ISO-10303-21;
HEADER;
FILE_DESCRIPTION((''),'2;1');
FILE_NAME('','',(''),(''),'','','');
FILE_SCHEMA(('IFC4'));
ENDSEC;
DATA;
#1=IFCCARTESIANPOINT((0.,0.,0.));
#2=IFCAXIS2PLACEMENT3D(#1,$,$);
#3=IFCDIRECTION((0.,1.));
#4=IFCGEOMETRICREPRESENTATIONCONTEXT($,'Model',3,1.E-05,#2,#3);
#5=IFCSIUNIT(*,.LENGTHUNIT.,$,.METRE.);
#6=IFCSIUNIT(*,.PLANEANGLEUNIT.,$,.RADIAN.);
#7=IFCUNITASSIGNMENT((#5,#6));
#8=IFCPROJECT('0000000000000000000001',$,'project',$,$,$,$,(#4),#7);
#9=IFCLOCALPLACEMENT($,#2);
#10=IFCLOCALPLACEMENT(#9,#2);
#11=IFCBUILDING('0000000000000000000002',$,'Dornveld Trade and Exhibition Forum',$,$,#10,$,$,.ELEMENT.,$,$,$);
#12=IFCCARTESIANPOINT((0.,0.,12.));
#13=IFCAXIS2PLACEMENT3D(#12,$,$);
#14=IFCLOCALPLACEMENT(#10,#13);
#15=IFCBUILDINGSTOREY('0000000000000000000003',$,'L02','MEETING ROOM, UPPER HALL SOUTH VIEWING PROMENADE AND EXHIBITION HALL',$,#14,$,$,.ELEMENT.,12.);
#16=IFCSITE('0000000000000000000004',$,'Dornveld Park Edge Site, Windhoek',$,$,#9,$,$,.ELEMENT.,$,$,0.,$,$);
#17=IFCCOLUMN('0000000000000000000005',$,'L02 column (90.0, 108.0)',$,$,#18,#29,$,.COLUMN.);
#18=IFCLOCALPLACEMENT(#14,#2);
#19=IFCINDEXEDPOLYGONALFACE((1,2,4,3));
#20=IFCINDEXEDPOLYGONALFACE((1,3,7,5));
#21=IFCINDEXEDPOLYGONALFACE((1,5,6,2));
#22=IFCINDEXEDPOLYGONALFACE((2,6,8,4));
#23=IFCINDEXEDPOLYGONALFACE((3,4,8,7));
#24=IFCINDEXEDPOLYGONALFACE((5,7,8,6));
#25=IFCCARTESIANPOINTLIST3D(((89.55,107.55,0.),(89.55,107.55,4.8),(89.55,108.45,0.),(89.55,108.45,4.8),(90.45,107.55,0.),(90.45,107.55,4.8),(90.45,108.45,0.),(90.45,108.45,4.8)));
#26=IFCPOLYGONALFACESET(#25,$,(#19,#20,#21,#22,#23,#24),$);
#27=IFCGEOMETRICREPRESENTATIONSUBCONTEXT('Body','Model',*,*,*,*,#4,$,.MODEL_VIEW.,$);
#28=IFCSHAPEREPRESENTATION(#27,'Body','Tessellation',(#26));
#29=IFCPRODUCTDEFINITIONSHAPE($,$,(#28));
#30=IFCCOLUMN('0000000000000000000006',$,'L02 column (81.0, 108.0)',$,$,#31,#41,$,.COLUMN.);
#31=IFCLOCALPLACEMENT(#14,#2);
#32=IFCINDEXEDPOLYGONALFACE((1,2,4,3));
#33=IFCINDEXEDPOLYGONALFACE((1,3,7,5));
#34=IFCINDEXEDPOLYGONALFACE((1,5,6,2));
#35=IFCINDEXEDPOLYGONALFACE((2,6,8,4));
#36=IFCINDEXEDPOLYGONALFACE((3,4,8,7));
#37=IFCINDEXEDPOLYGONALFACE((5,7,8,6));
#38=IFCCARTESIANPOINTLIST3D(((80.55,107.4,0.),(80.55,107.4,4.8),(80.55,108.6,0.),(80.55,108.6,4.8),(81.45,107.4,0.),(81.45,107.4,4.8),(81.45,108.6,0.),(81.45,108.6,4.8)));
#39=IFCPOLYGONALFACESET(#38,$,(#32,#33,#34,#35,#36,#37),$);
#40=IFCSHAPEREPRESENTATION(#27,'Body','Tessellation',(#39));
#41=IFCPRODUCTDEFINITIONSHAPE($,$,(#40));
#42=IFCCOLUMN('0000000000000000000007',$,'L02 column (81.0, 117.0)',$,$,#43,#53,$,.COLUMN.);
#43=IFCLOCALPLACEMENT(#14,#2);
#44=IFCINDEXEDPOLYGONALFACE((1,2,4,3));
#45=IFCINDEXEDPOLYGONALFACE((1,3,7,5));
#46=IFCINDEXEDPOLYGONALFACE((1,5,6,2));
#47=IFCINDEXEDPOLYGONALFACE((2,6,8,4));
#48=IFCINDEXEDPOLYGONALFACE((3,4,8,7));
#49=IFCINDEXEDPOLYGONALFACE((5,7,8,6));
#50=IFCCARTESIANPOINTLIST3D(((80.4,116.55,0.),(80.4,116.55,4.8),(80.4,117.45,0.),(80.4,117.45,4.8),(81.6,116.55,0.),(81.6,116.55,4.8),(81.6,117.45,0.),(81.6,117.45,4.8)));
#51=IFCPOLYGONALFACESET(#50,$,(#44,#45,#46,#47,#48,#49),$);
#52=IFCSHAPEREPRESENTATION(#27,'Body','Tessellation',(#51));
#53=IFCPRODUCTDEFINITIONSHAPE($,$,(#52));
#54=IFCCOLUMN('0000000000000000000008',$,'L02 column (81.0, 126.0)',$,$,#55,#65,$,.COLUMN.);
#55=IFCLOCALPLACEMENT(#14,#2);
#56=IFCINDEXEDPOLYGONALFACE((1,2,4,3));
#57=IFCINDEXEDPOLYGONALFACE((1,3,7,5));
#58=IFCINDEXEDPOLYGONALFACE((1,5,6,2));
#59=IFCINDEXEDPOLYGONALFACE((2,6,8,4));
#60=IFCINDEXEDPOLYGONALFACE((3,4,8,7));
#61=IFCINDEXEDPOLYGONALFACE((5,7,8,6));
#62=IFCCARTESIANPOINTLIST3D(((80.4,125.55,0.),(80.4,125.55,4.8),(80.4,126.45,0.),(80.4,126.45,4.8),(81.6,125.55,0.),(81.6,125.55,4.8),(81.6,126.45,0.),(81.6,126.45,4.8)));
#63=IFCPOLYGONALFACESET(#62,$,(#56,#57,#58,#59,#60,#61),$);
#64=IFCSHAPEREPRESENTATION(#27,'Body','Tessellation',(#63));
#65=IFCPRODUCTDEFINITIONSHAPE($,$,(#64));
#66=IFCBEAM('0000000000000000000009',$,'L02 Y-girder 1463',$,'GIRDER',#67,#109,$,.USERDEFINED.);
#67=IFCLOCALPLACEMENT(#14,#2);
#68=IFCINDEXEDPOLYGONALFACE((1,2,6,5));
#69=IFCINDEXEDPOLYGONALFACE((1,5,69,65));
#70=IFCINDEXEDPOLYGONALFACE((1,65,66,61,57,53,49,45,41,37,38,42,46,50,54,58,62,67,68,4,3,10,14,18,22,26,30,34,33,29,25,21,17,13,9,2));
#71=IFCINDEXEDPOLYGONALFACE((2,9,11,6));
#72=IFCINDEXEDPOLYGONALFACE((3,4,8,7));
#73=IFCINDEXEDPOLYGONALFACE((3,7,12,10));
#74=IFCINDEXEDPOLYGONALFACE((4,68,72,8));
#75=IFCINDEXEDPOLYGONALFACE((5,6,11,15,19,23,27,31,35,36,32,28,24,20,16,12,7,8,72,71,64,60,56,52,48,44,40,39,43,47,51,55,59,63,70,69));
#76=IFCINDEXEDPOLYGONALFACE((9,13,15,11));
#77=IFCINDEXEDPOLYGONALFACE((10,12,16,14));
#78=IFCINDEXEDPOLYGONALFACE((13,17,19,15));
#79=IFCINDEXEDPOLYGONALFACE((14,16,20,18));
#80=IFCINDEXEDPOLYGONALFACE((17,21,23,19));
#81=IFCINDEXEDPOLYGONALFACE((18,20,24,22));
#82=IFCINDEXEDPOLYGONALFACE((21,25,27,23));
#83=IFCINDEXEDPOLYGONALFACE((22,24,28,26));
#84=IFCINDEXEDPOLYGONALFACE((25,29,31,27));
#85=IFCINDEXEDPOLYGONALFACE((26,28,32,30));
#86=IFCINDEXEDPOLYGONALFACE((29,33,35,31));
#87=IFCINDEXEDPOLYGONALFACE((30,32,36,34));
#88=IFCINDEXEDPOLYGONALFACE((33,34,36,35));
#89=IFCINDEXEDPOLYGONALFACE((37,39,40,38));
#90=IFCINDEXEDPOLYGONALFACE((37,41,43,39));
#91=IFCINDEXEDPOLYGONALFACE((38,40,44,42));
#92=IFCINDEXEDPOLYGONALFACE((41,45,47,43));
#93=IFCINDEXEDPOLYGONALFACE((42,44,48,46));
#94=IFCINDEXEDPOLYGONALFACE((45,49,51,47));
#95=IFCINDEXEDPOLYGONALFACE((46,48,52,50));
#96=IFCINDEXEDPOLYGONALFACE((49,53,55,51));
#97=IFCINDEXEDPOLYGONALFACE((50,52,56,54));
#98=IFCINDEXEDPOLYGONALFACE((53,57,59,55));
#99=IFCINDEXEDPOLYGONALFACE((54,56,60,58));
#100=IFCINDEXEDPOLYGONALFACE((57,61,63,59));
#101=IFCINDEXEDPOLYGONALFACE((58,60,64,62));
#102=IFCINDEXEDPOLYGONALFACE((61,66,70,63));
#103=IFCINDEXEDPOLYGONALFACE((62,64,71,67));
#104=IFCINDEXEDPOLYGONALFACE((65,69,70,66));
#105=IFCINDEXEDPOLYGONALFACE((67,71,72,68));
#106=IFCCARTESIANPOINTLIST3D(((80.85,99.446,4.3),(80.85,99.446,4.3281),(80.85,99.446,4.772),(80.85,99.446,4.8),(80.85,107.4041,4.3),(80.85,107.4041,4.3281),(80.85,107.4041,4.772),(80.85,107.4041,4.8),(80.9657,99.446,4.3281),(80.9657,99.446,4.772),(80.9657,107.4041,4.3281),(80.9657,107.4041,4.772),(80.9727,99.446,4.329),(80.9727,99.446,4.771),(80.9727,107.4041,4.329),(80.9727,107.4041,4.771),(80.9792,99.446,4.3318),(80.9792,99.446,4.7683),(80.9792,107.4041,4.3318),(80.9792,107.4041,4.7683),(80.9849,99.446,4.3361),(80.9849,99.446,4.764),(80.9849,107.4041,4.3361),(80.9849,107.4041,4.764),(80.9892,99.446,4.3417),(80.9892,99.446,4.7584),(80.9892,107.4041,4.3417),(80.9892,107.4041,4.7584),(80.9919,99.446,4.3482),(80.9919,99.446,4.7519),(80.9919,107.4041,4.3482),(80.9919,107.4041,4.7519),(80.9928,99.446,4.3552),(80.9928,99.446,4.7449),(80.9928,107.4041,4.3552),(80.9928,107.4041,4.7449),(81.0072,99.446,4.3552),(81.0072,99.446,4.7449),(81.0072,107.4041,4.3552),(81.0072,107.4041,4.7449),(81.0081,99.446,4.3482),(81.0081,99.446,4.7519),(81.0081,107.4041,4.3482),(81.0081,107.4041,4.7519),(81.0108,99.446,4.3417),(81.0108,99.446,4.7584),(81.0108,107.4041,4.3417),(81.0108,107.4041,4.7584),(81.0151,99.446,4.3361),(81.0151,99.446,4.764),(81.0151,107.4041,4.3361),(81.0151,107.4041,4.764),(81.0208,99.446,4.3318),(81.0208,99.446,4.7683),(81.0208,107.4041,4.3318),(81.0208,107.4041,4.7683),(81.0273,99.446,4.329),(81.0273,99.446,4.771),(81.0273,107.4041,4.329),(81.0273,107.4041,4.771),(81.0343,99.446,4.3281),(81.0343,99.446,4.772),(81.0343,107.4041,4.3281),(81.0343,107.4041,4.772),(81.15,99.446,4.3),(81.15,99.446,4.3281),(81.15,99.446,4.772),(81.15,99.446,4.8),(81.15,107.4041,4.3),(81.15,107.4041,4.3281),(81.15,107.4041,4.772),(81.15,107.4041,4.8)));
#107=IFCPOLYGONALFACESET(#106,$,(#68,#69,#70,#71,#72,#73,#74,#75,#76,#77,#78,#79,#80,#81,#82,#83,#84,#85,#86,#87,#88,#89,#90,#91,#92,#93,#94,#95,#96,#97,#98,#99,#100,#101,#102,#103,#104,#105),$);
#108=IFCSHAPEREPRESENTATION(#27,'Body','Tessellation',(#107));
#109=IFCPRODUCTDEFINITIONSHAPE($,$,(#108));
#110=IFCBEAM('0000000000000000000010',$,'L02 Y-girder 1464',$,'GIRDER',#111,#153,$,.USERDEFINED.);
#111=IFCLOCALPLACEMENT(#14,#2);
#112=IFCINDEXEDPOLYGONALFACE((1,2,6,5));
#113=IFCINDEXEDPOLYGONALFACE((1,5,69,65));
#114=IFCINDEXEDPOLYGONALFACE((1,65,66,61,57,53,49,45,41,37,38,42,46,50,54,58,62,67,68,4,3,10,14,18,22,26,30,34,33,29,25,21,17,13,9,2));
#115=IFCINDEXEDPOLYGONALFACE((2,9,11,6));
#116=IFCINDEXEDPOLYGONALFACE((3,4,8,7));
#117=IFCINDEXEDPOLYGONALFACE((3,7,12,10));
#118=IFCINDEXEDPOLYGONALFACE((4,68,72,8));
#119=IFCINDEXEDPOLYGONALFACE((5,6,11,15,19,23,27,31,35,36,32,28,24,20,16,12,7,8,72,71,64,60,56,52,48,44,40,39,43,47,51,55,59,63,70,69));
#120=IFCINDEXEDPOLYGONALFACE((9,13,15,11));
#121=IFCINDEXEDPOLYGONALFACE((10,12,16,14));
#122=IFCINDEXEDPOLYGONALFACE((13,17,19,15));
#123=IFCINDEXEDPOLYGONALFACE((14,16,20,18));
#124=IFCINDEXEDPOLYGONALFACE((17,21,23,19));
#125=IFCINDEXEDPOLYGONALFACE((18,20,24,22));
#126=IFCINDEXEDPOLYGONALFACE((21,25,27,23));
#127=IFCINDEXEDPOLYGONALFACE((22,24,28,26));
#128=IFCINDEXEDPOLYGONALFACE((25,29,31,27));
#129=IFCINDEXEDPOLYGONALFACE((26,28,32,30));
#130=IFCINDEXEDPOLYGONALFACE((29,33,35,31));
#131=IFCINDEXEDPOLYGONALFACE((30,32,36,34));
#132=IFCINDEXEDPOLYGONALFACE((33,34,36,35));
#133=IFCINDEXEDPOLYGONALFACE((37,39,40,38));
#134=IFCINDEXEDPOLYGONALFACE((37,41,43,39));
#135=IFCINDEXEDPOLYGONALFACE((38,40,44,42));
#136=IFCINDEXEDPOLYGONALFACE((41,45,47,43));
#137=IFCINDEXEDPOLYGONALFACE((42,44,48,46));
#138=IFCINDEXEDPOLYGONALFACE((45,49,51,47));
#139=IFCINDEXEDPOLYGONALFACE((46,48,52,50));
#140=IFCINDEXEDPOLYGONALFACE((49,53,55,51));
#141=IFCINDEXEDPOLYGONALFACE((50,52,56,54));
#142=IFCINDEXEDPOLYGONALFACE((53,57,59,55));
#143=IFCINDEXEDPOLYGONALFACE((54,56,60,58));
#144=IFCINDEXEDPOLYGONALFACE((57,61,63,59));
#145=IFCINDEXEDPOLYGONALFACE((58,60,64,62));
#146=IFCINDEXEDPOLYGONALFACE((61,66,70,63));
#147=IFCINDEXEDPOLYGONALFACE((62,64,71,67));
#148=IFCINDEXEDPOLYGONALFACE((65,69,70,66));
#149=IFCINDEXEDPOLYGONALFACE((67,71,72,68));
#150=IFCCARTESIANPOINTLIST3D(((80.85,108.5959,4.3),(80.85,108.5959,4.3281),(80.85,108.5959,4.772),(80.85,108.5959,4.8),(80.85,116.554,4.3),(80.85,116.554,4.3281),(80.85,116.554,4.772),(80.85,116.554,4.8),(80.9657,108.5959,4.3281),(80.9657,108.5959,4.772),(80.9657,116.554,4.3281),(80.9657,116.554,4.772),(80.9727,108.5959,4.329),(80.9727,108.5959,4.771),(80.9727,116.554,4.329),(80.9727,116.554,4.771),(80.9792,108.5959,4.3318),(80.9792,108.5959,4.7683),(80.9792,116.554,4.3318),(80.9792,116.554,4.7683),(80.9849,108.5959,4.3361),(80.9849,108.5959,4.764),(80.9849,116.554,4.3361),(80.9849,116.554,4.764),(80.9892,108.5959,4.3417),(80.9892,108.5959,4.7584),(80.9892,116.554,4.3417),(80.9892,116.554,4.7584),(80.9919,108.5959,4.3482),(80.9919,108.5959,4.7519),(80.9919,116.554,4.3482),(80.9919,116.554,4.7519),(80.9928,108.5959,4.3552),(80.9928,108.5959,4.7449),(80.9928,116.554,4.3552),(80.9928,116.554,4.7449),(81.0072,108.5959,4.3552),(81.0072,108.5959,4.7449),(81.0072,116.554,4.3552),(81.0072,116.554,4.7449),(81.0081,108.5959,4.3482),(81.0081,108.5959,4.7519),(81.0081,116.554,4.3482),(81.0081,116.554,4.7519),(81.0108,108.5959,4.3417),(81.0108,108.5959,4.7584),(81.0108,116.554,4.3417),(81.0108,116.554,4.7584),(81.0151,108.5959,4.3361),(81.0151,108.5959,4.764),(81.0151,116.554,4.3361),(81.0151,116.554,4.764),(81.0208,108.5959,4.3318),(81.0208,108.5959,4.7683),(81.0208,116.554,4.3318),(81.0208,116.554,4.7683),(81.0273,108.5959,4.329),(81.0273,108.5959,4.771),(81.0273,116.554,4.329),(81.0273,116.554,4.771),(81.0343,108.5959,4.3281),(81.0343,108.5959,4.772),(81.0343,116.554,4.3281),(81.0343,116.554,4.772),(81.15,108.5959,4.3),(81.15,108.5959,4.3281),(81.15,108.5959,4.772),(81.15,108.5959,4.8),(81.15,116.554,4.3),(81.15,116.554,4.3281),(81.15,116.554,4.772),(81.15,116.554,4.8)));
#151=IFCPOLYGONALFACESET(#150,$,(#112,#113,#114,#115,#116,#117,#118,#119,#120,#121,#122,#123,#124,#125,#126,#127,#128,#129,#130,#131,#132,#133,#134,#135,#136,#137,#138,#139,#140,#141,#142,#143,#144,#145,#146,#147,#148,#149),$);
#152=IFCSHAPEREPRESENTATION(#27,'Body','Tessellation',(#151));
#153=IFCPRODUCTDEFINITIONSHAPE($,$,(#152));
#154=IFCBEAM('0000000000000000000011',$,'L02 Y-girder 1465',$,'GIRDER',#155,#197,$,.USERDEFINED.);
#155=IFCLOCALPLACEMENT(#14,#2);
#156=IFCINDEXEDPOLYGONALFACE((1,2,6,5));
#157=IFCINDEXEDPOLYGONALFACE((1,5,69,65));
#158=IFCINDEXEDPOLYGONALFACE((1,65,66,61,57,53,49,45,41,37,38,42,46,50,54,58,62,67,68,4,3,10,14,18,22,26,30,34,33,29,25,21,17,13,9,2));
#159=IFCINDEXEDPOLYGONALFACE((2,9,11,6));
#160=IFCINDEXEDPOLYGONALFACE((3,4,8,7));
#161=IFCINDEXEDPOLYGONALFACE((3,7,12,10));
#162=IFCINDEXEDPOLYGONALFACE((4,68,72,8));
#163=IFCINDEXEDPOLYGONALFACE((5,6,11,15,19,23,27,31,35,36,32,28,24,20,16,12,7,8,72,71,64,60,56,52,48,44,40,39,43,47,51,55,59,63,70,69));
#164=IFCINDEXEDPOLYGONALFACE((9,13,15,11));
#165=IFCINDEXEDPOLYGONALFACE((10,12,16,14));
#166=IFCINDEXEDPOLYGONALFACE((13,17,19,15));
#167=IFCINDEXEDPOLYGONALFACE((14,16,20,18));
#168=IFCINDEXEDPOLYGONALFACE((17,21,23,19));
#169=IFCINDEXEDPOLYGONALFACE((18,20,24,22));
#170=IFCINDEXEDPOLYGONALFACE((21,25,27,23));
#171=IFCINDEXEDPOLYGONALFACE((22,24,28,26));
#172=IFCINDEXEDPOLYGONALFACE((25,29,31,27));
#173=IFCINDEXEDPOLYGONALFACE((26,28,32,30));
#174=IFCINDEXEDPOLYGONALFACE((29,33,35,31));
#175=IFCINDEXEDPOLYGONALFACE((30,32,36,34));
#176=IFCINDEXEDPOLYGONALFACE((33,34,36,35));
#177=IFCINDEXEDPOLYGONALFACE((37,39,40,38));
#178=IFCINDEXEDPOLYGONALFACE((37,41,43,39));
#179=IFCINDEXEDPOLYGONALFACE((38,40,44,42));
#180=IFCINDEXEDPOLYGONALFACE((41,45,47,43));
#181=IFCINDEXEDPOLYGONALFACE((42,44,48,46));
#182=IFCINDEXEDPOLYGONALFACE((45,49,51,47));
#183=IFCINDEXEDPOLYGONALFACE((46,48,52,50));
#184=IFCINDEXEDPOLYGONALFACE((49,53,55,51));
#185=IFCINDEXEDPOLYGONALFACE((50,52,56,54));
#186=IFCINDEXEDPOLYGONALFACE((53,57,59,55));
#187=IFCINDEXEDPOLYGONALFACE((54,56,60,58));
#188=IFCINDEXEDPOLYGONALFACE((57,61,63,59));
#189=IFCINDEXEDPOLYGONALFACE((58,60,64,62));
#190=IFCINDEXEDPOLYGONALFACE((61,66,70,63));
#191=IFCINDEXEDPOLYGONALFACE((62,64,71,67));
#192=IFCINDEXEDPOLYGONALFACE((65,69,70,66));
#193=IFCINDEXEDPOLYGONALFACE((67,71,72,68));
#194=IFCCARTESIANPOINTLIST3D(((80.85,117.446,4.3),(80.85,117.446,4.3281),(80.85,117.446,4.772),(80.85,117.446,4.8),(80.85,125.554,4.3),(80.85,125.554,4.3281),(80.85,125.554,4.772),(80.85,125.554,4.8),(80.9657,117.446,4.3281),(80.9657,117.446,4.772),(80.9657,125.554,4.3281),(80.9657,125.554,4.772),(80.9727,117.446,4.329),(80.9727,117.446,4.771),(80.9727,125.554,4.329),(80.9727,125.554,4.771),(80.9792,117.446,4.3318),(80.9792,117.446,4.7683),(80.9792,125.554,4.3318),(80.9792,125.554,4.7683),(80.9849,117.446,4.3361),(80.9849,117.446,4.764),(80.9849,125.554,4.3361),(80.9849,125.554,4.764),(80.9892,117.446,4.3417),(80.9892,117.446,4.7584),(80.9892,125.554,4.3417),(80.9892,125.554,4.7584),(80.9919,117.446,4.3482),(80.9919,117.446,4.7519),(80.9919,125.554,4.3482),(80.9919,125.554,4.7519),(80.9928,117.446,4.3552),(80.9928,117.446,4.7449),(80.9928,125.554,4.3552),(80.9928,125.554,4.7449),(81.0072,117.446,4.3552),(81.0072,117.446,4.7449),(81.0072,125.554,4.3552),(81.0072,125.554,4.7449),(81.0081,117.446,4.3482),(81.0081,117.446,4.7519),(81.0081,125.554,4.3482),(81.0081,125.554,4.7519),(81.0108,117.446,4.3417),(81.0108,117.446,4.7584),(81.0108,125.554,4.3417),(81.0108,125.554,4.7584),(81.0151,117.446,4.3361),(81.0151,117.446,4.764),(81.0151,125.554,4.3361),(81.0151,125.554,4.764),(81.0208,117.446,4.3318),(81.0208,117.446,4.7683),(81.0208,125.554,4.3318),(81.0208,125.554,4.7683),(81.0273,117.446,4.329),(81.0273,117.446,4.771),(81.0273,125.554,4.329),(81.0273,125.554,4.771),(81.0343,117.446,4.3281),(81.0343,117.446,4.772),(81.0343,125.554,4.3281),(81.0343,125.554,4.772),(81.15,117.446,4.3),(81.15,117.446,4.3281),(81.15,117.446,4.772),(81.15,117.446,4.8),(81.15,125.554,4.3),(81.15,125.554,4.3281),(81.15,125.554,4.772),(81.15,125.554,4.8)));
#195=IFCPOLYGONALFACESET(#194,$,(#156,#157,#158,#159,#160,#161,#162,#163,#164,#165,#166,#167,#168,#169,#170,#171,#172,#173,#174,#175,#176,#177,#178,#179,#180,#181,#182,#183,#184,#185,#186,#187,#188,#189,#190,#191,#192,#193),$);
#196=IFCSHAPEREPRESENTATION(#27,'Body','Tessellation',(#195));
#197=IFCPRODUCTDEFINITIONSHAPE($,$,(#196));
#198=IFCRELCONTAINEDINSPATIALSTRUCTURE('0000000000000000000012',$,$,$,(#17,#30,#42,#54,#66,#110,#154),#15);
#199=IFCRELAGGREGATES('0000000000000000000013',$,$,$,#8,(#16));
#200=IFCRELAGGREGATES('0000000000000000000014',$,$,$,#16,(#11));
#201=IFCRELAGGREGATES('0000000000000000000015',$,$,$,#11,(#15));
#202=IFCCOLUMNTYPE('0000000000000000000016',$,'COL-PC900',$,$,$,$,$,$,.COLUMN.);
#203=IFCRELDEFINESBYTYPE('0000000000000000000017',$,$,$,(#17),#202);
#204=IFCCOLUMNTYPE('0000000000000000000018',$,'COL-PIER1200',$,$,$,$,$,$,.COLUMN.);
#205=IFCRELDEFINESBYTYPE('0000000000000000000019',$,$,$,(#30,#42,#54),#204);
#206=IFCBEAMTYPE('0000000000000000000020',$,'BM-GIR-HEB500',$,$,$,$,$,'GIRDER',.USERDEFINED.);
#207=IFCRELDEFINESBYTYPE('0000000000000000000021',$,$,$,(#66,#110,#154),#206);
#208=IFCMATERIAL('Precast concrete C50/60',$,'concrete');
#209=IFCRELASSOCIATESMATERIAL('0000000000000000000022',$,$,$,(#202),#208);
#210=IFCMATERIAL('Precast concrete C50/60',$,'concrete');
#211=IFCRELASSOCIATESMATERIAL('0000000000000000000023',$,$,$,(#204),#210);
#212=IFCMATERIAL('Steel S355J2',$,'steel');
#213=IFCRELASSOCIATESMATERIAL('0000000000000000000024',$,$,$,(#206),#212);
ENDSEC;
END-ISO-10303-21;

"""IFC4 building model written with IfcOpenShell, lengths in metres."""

from ifc_helpers import new_model, si_unit, direction, frame, origin, origin_2d, place, context, subcontext, project, spatial, rectangle, i_section, extrude, material, material_profile, profile_set, type_object, element, save


model = new_model("IFC4")

# Units and contexts
model_context = context("Model", 3, precision=1e-05, world=origin(), true_north=direction((0.0, 1.0)))
body_context = subcontext(model_context, "Body", "Model", "MODEL_VIEW")
ifc_project = project(units=[si_unit("LENGTHUNIT", "METRE"), si_unit("PLANEANGLEUNIT", "RADIAN")], contexts=[model_context])

# Site, building, storey
site_placement = place(None, origin())
site = spatial("IfcSite", under=ifc_project, at=site_placement, Name="Dornveld Park Edge Site, Windhoek", CompositionType="ELEMENT", RefElevation=0.0)
building_placement = place(site_placement, origin())
building = spatial("IfcBuilding", under=site, at=building_placement, Name="Dornveld Trade and Exhibition Forum", CompositionType="ELEMENT")
storey_placement = place(building_placement, frame((0.0, 0.0, 12.0)))
storey = spatial("IfcBuildingStorey", under=building, at=storey_placement, Name="L02", Description="MEETING ROOM, UPPER HALL SOUTH VIEWING PROMENADE AND EXHIBITION HALL", CompositionType="ELEMENT", Elevation=12.0)

# Columns
ifc_material_1 = material(Name="Precast concrete C50/60", Category="concrete")
ifc_material_profile_1 = material_profile(ifc_material_1, rectangle(XDim=0.8999, YDim=0.8999, at=origin_2d()), Name="PC-COL 900x900")
ifc_profile_set_1 = profile_set([ifc_material_profile_1], Name="Precast concrete C50/60")
column_type_1 = type_object("IfcColumnType", Name="COL-PC900", PredefinedType="COLUMN", material=ifc_profile_set_1)
column_placement = place(storey_placement, frame((90.0, 108.0, 0.0), z_axis=(0.0, 0.0, 1.0), x_axis=(1.0, 0.0, 0.0)))
element("IfcColumn", 1, at=column_placement, inside=storey, type_object=column_type_1, Name="L02 column (90.0, 108.0)", PredefinedType="COLUMN", context=body_context, shape_type="SweptSolid", body=[
    extrude(rectangle(XDim=0.8999, YDim=0.8999, at=origin_2d()), origin(), (0.0, 0.0, 1.0), 4.8),
])
ifc_material_2 = material(Name="Precast concrete C50/60", Category="concrete")
ifc_material_profile_2 = material_profile(ifc_material_2, rectangle(XDim=1.2, YDim=0.8999, at=origin_2d()), Name="PC-PIER 1200x900")
ifc_profile_set_2 = profile_set([ifc_material_profile_2], Name="Precast concrete C50/60")
column_type_2 = type_object("IfcColumnType", Name="COL-PIER1200", PredefinedType="COLUMN", material=ifc_profile_set_2)
for number, where, z_axis, x_axis, name in (
    (2, (81.0, 108.0, 0.0), (0.0, 0.0, 1.0), (0.0, 1.0, 0.0), "L02 column (81.0, 108.0)"),
    (3, (81.0, 117.0, 0.0), (0.0, 0.0, 1.0), (1.0, 0.0, 0.0), "L02 column (81.0, 117.0)"),
    (4, (81.0, 126.0, 0.0), (0.0, 0.0, 1.0), (1.0, 0.0, 0.0), "L02 column (81.0, 126.0)"),
):
    element("IfcColumn", number, at=place(storey_placement, frame(where, z_axis=z_axis, x_axis=x_axis)), inside=storey, type_object=column_type_2, Name=name, PredefinedType="COLUMN", context=body_context, shape_type="SweptSolid", body=[
        extrude(rectangle(XDim=1.2, YDim=0.8999, at=origin_2d()), origin(), (0.0, 0.0, 1.0), 4.8),
    ])

# Beams
ifc_material_3 = material(Name="Steel S355J2", Category="steel")
ifc_material_profile_3 = material_profile(ifc_material_3, i_section(OverallWidth=0.3, OverallDepth=0.5, WebThickness=0.0144, FlangeThickness=0.0281, FilletRadius=0.0271, at=origin_2d()), Name="HEB 500")
ifc_profile_set_3 = profile_set([ifc_material_profile_3], Name="Steel S355J2")
beam_type_1 = type_object("IfcBeamType", Name="BM-GIR-HEB500", ElementType="GIRDER", PredefinedType="USERDEFINED", material=ifc_profile_set_3)
for number, where, z_axis, x_axis, name in (
    (5, (81.0, 99.446, 4.55), (0.0, 1.0, 0.0), (-1.0, 0.0, 0.0), "L02 Y-girder 1463"),
    (6, (81.0, 108.5959, 4.55), (0.0, 1.0, 0.0), (-1.0, 0.0, 0.0), "L02 Y-girder 1464"),
):
    element("IfcBeam", number, at=place(storey_placement, frame(where, z_axis=z_axis, x_axis=x_axis)), inside=storey, type_object=beam_type_1, Name=name, ObjectType="GIRDER", PredefinedType="USERDEFINED", context=body_context, shape_type="SweptSolid", body=[
        extrude(i_section(OverallWidth=0.3, OverallDepth=0.5, WebThickness=0.0144, FlangeThickness=0.0281, FilletRadius=0.0271, at=origin_2d()), origin(), (0.0, 0.0, 1.0), 7.958),
    ])
for number, where, z_axis, x_axis, name in (
    (7, (81.0, 117.446, 4.55), (0.0, 1.0, 0.0), (-1.0, 0.0, 0.0), "L02 Y-girder 1465"),
):
    element("IfcBeam", number, at=place(storey_placement, frame(where, z_axis=z_axis, x_axis=x_axis)), inside=storey, type_object=beam_type_1, Name=name, ObjectType="GIRDER", PredefinedType="USERDEFINED", context=body_context, shape_type="SweptSolid", body=[
        extrude(i_section(OverallWidth=0.3, OverallDepth=0.5, WebThickness=0.0144, FlangeThickness=0.0281, FilletRadius=0.0271, at=origin_2d()), origin(), (0.0, 0.0, 1.0), 8.1079),
    ])

save(model, "model.ifc")
